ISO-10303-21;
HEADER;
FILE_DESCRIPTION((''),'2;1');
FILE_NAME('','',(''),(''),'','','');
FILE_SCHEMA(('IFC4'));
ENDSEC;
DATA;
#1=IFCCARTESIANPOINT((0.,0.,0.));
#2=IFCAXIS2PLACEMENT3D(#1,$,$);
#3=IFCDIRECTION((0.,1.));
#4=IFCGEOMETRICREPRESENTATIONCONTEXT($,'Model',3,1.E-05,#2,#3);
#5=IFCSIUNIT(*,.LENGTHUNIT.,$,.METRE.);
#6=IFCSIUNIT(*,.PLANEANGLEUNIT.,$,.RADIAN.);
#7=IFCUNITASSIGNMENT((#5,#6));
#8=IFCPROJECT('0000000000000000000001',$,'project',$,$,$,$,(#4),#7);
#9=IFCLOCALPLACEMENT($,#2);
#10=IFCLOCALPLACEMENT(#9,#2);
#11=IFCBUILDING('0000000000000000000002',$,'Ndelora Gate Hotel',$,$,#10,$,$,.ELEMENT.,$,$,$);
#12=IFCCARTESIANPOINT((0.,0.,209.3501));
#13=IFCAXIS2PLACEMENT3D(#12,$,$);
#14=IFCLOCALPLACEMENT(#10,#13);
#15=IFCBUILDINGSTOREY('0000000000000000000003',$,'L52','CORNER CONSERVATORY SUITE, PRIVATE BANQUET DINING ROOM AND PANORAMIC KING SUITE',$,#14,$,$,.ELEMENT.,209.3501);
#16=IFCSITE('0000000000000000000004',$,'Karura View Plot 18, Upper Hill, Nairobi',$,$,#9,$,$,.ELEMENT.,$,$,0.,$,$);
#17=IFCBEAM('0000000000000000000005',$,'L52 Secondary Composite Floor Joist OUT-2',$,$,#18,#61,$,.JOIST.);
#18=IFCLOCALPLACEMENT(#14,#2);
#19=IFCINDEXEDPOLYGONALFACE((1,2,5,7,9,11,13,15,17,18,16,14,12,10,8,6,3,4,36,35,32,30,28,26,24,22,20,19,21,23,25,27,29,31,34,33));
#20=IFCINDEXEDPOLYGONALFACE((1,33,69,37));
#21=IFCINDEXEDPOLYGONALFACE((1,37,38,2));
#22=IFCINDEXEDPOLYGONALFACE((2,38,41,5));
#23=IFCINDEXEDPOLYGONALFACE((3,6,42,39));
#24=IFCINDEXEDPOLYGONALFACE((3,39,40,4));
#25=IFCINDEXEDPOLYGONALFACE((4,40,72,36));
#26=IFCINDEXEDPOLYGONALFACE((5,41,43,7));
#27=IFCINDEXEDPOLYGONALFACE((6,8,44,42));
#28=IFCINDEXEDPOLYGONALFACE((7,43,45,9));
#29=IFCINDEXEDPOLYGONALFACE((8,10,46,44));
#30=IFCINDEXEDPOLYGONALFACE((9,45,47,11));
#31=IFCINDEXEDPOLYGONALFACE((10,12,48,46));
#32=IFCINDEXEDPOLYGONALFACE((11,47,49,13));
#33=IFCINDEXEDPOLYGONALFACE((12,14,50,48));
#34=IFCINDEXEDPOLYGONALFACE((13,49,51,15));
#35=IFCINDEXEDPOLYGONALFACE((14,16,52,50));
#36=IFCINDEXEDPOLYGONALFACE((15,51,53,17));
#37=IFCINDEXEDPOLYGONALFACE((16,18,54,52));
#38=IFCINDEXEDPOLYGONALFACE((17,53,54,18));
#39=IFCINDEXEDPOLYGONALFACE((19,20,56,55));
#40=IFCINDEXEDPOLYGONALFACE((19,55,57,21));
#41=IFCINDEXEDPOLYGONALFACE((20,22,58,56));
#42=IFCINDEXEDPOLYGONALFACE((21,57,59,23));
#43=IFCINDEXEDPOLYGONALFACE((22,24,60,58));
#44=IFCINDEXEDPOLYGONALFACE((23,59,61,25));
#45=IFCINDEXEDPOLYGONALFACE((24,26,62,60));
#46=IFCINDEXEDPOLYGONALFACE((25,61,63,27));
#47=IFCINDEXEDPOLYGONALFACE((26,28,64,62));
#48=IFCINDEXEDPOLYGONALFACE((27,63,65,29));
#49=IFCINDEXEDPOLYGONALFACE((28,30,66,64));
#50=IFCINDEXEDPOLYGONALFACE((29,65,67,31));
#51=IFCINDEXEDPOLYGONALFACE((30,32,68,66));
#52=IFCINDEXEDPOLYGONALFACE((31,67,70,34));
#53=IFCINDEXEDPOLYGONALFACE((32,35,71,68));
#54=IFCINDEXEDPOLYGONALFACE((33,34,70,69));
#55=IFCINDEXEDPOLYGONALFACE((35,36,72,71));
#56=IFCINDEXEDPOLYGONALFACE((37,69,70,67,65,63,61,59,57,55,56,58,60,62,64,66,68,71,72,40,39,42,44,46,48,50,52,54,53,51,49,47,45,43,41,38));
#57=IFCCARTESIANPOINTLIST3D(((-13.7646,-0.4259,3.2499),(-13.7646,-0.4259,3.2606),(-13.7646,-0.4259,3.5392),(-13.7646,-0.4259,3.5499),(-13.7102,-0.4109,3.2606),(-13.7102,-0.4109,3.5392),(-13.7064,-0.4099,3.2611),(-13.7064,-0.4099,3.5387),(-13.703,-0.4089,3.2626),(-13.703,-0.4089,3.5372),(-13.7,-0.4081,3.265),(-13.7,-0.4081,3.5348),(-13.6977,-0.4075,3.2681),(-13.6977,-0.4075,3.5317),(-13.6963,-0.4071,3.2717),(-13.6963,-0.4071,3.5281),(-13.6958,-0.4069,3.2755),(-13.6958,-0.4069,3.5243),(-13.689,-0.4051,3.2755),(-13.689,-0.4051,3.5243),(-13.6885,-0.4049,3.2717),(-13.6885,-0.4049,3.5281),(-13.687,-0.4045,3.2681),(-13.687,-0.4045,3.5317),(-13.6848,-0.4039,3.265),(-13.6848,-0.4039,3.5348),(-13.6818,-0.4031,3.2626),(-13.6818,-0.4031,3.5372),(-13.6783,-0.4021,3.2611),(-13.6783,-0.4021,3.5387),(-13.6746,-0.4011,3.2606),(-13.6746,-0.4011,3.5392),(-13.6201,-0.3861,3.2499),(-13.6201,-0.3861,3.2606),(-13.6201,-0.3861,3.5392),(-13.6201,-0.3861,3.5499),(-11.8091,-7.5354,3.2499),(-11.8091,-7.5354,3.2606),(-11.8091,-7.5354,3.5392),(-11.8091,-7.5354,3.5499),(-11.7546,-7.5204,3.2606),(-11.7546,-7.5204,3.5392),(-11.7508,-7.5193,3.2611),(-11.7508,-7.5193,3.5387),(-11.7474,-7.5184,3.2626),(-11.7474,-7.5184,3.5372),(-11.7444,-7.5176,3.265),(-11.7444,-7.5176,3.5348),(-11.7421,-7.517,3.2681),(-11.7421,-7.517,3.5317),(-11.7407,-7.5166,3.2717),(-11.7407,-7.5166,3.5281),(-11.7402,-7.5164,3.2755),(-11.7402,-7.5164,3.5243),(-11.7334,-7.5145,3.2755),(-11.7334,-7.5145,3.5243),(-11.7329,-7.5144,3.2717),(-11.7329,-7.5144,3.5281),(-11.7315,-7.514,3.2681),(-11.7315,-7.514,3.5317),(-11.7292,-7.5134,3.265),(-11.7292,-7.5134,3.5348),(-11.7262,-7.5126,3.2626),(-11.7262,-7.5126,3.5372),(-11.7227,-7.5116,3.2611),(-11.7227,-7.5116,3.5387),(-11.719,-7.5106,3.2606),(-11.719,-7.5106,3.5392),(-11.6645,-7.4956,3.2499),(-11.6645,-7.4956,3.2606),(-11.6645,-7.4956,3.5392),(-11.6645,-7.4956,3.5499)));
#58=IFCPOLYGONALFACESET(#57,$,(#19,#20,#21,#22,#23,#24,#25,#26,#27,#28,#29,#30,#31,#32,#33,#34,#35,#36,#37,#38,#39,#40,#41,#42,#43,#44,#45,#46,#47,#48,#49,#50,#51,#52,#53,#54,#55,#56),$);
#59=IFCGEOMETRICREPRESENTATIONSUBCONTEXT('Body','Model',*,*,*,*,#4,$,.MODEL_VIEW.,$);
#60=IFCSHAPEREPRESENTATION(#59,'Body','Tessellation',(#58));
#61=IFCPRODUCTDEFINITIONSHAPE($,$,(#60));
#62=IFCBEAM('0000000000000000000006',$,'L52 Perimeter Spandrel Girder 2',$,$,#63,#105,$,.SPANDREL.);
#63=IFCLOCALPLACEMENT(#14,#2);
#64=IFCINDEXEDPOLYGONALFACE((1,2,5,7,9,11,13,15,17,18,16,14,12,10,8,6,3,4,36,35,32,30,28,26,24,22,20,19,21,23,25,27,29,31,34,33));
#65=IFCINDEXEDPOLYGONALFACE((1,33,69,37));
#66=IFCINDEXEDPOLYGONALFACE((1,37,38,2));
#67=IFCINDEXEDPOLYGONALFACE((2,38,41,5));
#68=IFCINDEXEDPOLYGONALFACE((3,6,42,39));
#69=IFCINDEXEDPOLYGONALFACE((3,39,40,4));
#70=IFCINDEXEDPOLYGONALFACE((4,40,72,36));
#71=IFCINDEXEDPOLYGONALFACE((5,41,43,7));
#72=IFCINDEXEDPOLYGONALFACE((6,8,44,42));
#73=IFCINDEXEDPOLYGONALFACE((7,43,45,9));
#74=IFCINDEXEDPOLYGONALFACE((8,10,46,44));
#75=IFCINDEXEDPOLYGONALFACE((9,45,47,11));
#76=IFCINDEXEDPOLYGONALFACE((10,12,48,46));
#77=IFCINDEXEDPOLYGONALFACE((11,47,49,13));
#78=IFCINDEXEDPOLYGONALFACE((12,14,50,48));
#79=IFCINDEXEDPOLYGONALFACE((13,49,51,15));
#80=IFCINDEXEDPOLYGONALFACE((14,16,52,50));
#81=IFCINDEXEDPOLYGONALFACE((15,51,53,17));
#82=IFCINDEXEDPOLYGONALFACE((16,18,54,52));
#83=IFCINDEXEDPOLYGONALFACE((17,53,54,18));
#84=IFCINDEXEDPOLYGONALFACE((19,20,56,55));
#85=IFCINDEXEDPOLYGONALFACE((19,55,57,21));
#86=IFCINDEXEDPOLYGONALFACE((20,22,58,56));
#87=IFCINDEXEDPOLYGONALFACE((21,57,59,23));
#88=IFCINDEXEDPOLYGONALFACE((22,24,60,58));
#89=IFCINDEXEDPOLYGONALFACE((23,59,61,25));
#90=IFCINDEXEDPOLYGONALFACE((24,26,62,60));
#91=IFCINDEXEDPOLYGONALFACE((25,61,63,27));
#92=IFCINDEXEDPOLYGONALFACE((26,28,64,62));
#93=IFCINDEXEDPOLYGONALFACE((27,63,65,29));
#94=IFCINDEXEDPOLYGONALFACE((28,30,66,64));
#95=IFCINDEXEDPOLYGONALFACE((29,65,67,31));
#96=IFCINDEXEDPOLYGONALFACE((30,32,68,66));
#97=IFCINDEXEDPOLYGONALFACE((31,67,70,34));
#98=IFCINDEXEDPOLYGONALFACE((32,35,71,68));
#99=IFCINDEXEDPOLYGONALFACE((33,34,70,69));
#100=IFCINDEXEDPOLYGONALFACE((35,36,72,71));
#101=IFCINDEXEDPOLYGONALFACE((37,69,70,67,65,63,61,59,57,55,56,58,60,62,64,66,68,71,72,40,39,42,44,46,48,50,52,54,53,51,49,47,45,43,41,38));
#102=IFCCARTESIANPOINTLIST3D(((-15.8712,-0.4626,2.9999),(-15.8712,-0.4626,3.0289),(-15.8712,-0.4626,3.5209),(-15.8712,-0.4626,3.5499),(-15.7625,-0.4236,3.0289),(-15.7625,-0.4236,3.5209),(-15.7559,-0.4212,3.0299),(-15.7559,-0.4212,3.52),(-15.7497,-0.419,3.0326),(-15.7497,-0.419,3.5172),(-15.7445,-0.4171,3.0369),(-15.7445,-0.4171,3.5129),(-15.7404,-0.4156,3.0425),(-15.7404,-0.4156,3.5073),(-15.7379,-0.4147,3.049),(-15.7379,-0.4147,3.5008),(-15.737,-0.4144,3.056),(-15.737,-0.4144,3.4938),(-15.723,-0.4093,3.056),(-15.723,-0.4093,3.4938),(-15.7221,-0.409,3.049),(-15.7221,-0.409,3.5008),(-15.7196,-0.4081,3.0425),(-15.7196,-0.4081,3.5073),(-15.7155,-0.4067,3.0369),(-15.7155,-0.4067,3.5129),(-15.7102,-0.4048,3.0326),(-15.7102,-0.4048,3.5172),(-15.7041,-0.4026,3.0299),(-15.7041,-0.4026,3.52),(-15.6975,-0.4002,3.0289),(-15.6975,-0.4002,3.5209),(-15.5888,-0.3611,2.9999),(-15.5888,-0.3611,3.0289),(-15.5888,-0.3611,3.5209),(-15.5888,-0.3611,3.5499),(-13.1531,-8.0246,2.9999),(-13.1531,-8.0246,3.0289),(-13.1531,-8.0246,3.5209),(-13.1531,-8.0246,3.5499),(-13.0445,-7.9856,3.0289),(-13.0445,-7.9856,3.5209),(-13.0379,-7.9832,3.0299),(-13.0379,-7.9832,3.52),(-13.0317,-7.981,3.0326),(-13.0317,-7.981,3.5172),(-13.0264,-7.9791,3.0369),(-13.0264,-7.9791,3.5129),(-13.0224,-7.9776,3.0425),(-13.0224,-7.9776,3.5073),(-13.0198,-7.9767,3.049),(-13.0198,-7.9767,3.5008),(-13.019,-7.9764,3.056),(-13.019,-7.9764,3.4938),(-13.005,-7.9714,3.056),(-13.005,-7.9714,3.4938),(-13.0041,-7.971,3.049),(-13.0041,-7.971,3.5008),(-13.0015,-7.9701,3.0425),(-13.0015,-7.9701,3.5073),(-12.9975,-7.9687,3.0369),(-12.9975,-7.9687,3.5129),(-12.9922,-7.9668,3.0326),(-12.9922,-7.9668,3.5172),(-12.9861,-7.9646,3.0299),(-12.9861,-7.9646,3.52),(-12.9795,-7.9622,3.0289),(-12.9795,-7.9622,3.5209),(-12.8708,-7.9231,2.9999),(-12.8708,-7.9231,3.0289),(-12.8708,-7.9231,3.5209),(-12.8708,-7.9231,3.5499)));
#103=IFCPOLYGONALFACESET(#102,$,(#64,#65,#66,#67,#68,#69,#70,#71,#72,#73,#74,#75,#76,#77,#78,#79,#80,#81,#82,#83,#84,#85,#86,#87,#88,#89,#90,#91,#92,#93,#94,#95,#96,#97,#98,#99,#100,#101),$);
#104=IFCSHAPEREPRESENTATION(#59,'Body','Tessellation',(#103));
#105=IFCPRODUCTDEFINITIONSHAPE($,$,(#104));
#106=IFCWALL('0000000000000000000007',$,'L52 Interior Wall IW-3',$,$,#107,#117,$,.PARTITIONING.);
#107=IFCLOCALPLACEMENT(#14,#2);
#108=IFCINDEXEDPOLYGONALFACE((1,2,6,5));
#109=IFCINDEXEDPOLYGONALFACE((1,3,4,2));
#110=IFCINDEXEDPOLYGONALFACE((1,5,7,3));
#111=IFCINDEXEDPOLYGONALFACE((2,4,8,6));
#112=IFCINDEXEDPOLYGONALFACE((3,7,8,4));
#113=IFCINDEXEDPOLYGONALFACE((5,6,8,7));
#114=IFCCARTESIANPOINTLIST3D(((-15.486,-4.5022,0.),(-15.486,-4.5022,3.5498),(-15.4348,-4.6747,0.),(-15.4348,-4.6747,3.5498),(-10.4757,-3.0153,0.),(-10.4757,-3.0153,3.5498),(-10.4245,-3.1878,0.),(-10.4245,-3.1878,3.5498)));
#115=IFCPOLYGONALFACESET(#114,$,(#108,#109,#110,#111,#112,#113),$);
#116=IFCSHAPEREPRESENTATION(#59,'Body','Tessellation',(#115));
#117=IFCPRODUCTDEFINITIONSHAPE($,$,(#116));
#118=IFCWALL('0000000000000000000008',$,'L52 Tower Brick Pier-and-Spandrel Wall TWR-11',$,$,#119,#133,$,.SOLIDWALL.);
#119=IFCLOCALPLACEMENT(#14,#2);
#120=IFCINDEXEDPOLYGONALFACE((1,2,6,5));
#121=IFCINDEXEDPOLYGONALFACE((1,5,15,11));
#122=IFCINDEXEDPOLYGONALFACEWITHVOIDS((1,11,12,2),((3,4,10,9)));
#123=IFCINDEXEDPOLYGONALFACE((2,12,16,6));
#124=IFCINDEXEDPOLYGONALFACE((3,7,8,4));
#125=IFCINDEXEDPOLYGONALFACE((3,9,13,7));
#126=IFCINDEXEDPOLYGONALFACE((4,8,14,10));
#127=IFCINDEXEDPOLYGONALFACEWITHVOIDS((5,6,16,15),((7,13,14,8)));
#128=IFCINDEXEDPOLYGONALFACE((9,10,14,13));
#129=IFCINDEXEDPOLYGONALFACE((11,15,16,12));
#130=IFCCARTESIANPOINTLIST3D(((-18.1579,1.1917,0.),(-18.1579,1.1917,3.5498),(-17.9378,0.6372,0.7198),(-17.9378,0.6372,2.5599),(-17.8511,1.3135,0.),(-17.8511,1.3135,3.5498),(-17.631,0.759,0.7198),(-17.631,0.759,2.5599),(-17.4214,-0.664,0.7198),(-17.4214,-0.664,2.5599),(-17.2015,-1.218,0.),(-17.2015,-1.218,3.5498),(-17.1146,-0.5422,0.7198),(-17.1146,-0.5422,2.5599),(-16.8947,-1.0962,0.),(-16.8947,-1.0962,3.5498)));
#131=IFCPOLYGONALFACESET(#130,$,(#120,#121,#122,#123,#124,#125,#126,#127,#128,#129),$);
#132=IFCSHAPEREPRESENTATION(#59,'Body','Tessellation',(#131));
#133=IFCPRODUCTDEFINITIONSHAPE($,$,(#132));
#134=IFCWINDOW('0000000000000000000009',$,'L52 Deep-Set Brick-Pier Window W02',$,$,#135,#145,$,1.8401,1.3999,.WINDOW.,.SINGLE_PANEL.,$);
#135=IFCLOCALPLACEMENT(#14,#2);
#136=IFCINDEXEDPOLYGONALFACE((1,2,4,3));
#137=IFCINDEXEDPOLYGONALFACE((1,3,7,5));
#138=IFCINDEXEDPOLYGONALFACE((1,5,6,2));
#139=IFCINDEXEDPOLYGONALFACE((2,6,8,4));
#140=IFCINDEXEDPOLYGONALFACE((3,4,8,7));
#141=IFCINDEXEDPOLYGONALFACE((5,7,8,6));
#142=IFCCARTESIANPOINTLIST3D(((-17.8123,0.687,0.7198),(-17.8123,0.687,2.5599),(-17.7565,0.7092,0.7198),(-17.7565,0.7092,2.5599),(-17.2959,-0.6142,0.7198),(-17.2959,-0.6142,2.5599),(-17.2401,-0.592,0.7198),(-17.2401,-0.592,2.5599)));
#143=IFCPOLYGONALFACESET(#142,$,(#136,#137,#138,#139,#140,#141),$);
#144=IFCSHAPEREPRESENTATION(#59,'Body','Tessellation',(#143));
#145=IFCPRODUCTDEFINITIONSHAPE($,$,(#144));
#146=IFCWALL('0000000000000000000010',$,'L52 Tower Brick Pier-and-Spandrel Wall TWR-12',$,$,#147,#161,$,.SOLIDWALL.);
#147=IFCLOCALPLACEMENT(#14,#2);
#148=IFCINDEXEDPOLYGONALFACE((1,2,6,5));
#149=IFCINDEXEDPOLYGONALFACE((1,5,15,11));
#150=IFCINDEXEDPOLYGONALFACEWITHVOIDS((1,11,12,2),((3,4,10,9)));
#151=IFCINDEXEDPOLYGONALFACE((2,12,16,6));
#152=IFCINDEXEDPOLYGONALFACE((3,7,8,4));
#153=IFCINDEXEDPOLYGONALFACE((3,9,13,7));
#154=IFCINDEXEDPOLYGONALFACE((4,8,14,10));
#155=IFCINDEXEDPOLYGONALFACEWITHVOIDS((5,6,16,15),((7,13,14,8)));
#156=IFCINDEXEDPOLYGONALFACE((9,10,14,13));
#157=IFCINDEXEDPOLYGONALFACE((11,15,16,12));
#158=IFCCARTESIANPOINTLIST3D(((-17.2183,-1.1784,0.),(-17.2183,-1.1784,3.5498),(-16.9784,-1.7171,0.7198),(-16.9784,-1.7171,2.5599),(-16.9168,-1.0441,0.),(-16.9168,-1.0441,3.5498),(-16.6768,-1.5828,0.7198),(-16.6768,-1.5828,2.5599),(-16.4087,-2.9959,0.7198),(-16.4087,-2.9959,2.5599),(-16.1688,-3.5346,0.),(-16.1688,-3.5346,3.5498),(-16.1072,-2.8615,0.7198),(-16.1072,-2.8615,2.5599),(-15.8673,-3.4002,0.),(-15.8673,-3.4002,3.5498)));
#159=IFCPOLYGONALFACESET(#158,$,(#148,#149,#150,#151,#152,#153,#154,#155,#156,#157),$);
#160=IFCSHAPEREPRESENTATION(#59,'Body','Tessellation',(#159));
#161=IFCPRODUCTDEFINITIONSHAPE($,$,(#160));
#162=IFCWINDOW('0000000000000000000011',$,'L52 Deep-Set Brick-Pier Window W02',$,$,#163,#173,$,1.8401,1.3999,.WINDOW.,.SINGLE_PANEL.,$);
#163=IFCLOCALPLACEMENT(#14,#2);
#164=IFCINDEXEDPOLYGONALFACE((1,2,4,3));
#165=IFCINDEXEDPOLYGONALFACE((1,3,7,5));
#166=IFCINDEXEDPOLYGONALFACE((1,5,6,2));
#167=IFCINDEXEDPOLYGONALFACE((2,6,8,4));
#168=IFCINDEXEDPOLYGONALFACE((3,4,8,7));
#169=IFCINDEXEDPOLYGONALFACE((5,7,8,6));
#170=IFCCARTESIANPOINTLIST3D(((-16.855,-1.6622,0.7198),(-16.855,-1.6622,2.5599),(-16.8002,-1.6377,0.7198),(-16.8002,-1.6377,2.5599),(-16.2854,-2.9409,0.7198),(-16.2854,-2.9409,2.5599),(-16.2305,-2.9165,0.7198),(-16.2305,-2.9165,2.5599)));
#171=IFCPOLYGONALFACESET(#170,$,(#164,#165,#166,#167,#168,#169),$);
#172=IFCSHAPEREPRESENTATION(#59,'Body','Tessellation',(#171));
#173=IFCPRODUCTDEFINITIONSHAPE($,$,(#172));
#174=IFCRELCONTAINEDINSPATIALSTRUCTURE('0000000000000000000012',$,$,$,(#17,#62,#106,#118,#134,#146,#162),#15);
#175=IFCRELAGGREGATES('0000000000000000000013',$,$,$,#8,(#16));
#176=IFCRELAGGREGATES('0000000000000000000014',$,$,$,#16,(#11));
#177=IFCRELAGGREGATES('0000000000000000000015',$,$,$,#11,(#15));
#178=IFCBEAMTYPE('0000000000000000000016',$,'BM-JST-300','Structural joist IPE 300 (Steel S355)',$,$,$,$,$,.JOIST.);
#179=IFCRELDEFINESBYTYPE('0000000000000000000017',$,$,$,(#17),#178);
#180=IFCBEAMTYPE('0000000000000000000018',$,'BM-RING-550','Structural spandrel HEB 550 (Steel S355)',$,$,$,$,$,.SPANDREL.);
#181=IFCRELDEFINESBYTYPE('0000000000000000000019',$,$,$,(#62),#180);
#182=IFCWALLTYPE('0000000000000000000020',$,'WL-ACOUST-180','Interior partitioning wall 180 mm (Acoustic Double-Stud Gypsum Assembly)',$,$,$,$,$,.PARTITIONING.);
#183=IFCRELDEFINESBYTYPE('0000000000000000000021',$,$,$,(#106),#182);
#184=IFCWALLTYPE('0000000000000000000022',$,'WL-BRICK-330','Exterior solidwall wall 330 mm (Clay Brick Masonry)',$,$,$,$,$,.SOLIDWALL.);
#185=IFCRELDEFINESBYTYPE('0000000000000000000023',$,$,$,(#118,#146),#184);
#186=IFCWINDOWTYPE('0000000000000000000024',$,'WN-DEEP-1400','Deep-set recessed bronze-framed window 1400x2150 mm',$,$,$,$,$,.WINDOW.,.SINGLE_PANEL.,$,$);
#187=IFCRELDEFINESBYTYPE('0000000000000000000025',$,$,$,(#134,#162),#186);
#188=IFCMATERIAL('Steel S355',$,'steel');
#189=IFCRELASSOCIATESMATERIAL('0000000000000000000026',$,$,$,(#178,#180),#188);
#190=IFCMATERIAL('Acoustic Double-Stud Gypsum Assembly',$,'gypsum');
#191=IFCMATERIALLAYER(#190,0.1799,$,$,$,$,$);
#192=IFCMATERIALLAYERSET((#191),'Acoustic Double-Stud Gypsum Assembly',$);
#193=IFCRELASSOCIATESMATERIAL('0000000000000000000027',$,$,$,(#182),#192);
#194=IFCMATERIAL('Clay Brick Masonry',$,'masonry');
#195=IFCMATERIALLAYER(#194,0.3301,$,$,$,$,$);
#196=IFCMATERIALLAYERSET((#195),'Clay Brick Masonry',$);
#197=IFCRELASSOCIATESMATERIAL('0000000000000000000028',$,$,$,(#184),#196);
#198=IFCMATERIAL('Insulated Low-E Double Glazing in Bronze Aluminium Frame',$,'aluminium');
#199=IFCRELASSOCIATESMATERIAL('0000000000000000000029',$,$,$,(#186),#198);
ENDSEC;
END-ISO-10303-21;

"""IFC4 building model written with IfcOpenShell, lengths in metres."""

from ifc_helpers import new_model, si_unit, direction, frame, frame_2d, origin, origin_2d, place, context, subcontext, project, spatial, rectangle, i_section, extrude, material, layer, layer_set, material_profile, profile_set, type_object, element, fill, save


model = new_model("IFC4")

# Units and contexts
model_context = context("Model", 3, precision=1e-05, world=origin(), true_north=direction((0.0, 1.0)))
body_context = subcontext(model_context, "Body", "Model", "MODEL_VIEW")
ifc_project = project(units=[si_unit("LENGTHUNIT", "METRE"), si_unit("PLANEANGLEUNIT", "RADIAN")], contexts=[model_context])

# Site, building, storey
site_placement = place(None, origin())
site = spatial("IfcSite", under=ifc_project, at=site_placement, Name="Karura View Plot 18, Upper Hill, Nairobi", CompositionType="ELEMENT", RefElevation=0.0)
building_placement = place(site_placement, origin())
building = spatial("IfcBuilding", under=site, at=building_placement, Name="Ndelora Gate Hotel", CompositionType="ELEMENT")
storey_placement = place(building_placement, frame((0.0, 0.0, 209.3501)))
storey = spatial("IfcBuildingStorey", under=building, at=storey_placement, Name="L52", Description="CORNER CONSERVATORY SUITE, PRIVATE BANQUET DINING ROOM AND PANORAMIC KING SUITE", CompositionType="ELEMENT", Elevation=209.3501)

# Beams
ifc_material_1 = material(Name="Steel S355", Category="steel")
ifc_material_profile_1 = material_profile(ifc_material_1, i_section(OverallWidth=0.1499, OverallDepth=0.3, WebThickness=0.0071, FlangeThickness=0.0107, FilletRadius=0.0149, at=origin_2d()), Name="IPE 300")
ifc_profile_set_1 = profile_set([ifc_material_profile_1], Name="Steel S355")
beam_type_1 = type_object("IfcBeamType", Name="BM-JST-300", Description="Structural joist IPE 300 (Steel S355)", PredefinedType="JOIST", material=ifc_profile_set_1)
beam_1_placement = place(storey_placement, frame((-13.6924, -0.406, 3.3999), z_axis=(0.265218, -0.964188, 0.0), x_axis=(0.964188, 0.265218, 0.0)))
element("IfcBeam", 1, at=beam_1_placement, inside=storey, type_object=beam_type_1, Name="L52 Secondary Composite Floor Joist OUT-2", PredefinedType="JOIST", context=body_context, shape_type="SweptSolid", body=[
    extrude(i_section(OverallWidth=0.1499, OverallDepth=0.3, WebThickness=0.0071, FlangeThickness=0.0107, FilletRadius=0.0149, at=origin_2d()), origin(), (0.0, 0.0, 1.0), 7.3735),
])
ifc_material_profile_2 = material_profile(ifc_material_1, i_section(OverallWidth=0.3, OverallDepth=0.55, WebThickness=0.0149, FlangeThickness=0.0291, FilletRadius=0.0271, at=origin_2d()), Name="HEB 550")
ifc_profile_set_2 = profile_set([ifc_material_profile_2], Name="Steel S355")
beam_type_2 = type_object("IfcBeamType", Name="BM-RING-550", Description="Structural spandrel HEB 550 (Steel S355)", PredefinedType="SPANDREL", material=ifc_profile_set_2)
beam_2_placement = place(storey_placement, frame((-15.73, -0.4119, 3.2749), z_axis=(0.338245, -0.941058, 0.0), x_axis=(0.941058, 0.338245, 0.0)))
element("IfcBeam", 2, at=beam_2_placement, inside=storey, type_object=beam_type_2, Name="L52 Perimeter Spandrel Girder 2", PredefinedType="SPANDREL", context=body_context, shape_type="SweptSolid", body=[
    extrude(i_section(OverallWidth=0.3, OverallDepth=0.55, WebThickness=0.0149, FlangeThickness=0.0291, FilletRadius=0.0271, at=origin_2d()), origin(), (0.0, 0.0, 1.0), 8.0356),
])

# Wall
ifc_material_2 = material(Name="Acoustic Double-Stud Gypsum Assembly", Category="gypsum")
ifc_layer_1 = layer(ifc_material_2, 0.1799)
ifc_layer_set_1 = layer_set([ifc_layer_1], Name="Acoustic Double-Stud Gypsum Assembly")
wall_type_1 = type_object("IfcWallType", Name="WL-ACOUST-180", Description="Interior partitioning wall 180 mm (Acoustic Double-Stud Gypsum Assembly)", PredefinedType="PARTITIONING", material=ifc_layer_set_1)
wall_1_placement = place(storey_placement, frame((-10.45, -3.1016, 0.0), z_axis=(0.0, 0.0, 1.0), x_axis=(-0.958678, -0.284492, 0.0)))
element("IfcWall", 3, at=wall_1_placement, inside=storey, type_object=wall_type_1, Name="L52 Interior Wall IW-3", PredefinedType="PARTITIONING", context=body_context, shape_type="SweptSolid", body=[
    extrude(rectangle(XDim=5.2263, YDim=0.1799, at=frame_2d((2.6133, 0.0))), origin(), (0.0, 0.0, 1.0), 3.5498),
])

# Walls, openings, windows
ifc_material_3 = material(Name="Clay Brick Masonry", Category="masonry")
ifc_layer_2 = layer(ifc_material_3, 0.3301)
ifc_layer_set_2 = layer_set([ifc_layer_2], Name="Clay Brick Masonry")
wall_type_2 = type_object("IfcWallType", Name="WL-BRICK-330", Description="Exterior solidwall wall 330 mm (Clay Brick Masonry)", PredefinedType="SOLIDWALL", material=ifc_layer_set_2)
wall_2_placement = place(storey_placement, frame((-17.0481, -1.1572, 0.0), z_axis=(0.0, 0.0, 1.0), x_axis=(-0.368873, 0.92948, 0.0)))
wall_2 = element("IfcWall", 4, at=wall_2_placement, inside=storey, type_object=wall_type_2, Name="L52 Tower Brick Pier-and-Spandrel Wall TWR-11", PredefinedType="SOLIDWALL", context=body_context, shape_type="SweptSolid", body=[
    extrude(rectangle(XDim=2.5925, YDim=0.3301, at=frame_2d((1.2964, 0.0))), origin(), (0.0, 0.0, 1.0), 3.5498),
])
opening_1_placement = place(wall_2_placement, frame((0.5962, 0.0, 0.72)))
opening_1 = element("IfcOpeningElement", 5, at=opening_1_placement, cuts=wall_2, PredefinedType="OPENING", context=body_context, shape_type="SweptSolid", body=[
    extrude(rectangle(XDim=1.3999, YDim=1.8401, at=frame_2d((0.7, 0.9199))), frame((0.0, 0.175, 0.0), z_axis=(0.0, -1.0, 0.0), x_axis=(1.0, 0.0, 0.0)), (0.0, 0.0, 1.0), 0.3501),
])
ifc_material_4 = material(Name="Insulated Low-E Double Glazing in Bronze Aluminium Frame", Category="aluminium")
window_type = type_object("IfcWindowType", Name="WN-DEEP-1400", Description="Deep-set recessed bronze-framed window 1400x2150 mm", PartitioningType="SINGLE_PANEL", PredefinedType="WINDOW", material=ifc_material_4)
window_1_placement = place(opening_1_placement, origin())
window_1 = element("IfcWindow", 6, at=window_1_placement, inside=storey, type_object=window_type, Name="L52 Deep-Set Brick-Pier Window W02", OverallHeight=1.8401, OverallWidth=1.3999, PartitioningType="SINGLE_PANEL", PredefinedType="WINDOW", context=body_context, shape_type="SweptSolid", body=[
    extrude(rectangle(XDim=1.3999, YDim=1.8401, at=frame_2d((0.7, 0.9199))), frame((0.0, 0.03, 0.0), z_axis=(0.0, -1.0, 0.0), x_axis=(1.0, 0.0, 0.0)), (0.0, 0.0, 1.0), 0.0601),
])
fill(opening_1, window_1)
wall_3_placement = place(storey_placement, frame((-16.0181, -3.4673, 0.0), z_axis=(0.0, 0.0, 1.0), x_axis=(-0.406902, 0.913472, 0.0)))
wall_3 = element("IfcWall", 7, at=wall_3_placement, inside=storey, type_object=wall_type_2, Name="L52 Tower Brick Pier-and-Spandrel Wall TWR-12", PredefinedType="SOLIDWALL", context=body_context, shape_type="SweptSolid", body=[
    extrude(rectangle(XDim=2.5793, YDim=0.3301, at=frame_2d((1.2896, 0.0))), origin(), (0.0, 0.0, 1.0), 3.5498),
])
opening_2_placement = place(wall_3_placement, frame((0.5896, 0.0, 0.72)))
opening_2 = element("IfcOpeningElement", 8, at=opening_2_placement, cuts=wall_3, PredefinedType="OPENING", context=body_context, shape_type="SweptSolid", body=[
    extrude(rectangle(XDim=1.3999, YDim=1.8401, at=frame_2d((0.7, 0.9199))), frame((0.0, 0.175, 0.0), z_axis=(0.0, -1.0, 0.0), x_axis=(1.0, 0.0, 0.0)), (0.0, 0.0, 1.0), 0.3501),
])
window_2_placement = place(opening_2_placement, origin())
window_2 = element("IfcWindow", 9, at=window_2_placement, inside=storey, type_object=window_type, Name="L52 Deep-Set Brick-Pier Window W02", OverallHeight=1.8401, OverallWidth=1.3999, PartitioningType="SINGLE_PANEL", PredefinedType="WINDOW", context=body_context, shape_type="SweptSolid", body=[
    extrude(rectangle(XDim=1.3999, YDim=1.8401, at=frame_2d((0.7, 0.9199))), frame((0.0, 0.03, 0.0), z_axis=(0.0, -1.0, 0.0), x_axis=(1.0, 0.0, 0.0)), (0.0, 0.0, 1.0), 0.0601),
])
fill(opening_2, window_2)

save(model, "model.ifc")
